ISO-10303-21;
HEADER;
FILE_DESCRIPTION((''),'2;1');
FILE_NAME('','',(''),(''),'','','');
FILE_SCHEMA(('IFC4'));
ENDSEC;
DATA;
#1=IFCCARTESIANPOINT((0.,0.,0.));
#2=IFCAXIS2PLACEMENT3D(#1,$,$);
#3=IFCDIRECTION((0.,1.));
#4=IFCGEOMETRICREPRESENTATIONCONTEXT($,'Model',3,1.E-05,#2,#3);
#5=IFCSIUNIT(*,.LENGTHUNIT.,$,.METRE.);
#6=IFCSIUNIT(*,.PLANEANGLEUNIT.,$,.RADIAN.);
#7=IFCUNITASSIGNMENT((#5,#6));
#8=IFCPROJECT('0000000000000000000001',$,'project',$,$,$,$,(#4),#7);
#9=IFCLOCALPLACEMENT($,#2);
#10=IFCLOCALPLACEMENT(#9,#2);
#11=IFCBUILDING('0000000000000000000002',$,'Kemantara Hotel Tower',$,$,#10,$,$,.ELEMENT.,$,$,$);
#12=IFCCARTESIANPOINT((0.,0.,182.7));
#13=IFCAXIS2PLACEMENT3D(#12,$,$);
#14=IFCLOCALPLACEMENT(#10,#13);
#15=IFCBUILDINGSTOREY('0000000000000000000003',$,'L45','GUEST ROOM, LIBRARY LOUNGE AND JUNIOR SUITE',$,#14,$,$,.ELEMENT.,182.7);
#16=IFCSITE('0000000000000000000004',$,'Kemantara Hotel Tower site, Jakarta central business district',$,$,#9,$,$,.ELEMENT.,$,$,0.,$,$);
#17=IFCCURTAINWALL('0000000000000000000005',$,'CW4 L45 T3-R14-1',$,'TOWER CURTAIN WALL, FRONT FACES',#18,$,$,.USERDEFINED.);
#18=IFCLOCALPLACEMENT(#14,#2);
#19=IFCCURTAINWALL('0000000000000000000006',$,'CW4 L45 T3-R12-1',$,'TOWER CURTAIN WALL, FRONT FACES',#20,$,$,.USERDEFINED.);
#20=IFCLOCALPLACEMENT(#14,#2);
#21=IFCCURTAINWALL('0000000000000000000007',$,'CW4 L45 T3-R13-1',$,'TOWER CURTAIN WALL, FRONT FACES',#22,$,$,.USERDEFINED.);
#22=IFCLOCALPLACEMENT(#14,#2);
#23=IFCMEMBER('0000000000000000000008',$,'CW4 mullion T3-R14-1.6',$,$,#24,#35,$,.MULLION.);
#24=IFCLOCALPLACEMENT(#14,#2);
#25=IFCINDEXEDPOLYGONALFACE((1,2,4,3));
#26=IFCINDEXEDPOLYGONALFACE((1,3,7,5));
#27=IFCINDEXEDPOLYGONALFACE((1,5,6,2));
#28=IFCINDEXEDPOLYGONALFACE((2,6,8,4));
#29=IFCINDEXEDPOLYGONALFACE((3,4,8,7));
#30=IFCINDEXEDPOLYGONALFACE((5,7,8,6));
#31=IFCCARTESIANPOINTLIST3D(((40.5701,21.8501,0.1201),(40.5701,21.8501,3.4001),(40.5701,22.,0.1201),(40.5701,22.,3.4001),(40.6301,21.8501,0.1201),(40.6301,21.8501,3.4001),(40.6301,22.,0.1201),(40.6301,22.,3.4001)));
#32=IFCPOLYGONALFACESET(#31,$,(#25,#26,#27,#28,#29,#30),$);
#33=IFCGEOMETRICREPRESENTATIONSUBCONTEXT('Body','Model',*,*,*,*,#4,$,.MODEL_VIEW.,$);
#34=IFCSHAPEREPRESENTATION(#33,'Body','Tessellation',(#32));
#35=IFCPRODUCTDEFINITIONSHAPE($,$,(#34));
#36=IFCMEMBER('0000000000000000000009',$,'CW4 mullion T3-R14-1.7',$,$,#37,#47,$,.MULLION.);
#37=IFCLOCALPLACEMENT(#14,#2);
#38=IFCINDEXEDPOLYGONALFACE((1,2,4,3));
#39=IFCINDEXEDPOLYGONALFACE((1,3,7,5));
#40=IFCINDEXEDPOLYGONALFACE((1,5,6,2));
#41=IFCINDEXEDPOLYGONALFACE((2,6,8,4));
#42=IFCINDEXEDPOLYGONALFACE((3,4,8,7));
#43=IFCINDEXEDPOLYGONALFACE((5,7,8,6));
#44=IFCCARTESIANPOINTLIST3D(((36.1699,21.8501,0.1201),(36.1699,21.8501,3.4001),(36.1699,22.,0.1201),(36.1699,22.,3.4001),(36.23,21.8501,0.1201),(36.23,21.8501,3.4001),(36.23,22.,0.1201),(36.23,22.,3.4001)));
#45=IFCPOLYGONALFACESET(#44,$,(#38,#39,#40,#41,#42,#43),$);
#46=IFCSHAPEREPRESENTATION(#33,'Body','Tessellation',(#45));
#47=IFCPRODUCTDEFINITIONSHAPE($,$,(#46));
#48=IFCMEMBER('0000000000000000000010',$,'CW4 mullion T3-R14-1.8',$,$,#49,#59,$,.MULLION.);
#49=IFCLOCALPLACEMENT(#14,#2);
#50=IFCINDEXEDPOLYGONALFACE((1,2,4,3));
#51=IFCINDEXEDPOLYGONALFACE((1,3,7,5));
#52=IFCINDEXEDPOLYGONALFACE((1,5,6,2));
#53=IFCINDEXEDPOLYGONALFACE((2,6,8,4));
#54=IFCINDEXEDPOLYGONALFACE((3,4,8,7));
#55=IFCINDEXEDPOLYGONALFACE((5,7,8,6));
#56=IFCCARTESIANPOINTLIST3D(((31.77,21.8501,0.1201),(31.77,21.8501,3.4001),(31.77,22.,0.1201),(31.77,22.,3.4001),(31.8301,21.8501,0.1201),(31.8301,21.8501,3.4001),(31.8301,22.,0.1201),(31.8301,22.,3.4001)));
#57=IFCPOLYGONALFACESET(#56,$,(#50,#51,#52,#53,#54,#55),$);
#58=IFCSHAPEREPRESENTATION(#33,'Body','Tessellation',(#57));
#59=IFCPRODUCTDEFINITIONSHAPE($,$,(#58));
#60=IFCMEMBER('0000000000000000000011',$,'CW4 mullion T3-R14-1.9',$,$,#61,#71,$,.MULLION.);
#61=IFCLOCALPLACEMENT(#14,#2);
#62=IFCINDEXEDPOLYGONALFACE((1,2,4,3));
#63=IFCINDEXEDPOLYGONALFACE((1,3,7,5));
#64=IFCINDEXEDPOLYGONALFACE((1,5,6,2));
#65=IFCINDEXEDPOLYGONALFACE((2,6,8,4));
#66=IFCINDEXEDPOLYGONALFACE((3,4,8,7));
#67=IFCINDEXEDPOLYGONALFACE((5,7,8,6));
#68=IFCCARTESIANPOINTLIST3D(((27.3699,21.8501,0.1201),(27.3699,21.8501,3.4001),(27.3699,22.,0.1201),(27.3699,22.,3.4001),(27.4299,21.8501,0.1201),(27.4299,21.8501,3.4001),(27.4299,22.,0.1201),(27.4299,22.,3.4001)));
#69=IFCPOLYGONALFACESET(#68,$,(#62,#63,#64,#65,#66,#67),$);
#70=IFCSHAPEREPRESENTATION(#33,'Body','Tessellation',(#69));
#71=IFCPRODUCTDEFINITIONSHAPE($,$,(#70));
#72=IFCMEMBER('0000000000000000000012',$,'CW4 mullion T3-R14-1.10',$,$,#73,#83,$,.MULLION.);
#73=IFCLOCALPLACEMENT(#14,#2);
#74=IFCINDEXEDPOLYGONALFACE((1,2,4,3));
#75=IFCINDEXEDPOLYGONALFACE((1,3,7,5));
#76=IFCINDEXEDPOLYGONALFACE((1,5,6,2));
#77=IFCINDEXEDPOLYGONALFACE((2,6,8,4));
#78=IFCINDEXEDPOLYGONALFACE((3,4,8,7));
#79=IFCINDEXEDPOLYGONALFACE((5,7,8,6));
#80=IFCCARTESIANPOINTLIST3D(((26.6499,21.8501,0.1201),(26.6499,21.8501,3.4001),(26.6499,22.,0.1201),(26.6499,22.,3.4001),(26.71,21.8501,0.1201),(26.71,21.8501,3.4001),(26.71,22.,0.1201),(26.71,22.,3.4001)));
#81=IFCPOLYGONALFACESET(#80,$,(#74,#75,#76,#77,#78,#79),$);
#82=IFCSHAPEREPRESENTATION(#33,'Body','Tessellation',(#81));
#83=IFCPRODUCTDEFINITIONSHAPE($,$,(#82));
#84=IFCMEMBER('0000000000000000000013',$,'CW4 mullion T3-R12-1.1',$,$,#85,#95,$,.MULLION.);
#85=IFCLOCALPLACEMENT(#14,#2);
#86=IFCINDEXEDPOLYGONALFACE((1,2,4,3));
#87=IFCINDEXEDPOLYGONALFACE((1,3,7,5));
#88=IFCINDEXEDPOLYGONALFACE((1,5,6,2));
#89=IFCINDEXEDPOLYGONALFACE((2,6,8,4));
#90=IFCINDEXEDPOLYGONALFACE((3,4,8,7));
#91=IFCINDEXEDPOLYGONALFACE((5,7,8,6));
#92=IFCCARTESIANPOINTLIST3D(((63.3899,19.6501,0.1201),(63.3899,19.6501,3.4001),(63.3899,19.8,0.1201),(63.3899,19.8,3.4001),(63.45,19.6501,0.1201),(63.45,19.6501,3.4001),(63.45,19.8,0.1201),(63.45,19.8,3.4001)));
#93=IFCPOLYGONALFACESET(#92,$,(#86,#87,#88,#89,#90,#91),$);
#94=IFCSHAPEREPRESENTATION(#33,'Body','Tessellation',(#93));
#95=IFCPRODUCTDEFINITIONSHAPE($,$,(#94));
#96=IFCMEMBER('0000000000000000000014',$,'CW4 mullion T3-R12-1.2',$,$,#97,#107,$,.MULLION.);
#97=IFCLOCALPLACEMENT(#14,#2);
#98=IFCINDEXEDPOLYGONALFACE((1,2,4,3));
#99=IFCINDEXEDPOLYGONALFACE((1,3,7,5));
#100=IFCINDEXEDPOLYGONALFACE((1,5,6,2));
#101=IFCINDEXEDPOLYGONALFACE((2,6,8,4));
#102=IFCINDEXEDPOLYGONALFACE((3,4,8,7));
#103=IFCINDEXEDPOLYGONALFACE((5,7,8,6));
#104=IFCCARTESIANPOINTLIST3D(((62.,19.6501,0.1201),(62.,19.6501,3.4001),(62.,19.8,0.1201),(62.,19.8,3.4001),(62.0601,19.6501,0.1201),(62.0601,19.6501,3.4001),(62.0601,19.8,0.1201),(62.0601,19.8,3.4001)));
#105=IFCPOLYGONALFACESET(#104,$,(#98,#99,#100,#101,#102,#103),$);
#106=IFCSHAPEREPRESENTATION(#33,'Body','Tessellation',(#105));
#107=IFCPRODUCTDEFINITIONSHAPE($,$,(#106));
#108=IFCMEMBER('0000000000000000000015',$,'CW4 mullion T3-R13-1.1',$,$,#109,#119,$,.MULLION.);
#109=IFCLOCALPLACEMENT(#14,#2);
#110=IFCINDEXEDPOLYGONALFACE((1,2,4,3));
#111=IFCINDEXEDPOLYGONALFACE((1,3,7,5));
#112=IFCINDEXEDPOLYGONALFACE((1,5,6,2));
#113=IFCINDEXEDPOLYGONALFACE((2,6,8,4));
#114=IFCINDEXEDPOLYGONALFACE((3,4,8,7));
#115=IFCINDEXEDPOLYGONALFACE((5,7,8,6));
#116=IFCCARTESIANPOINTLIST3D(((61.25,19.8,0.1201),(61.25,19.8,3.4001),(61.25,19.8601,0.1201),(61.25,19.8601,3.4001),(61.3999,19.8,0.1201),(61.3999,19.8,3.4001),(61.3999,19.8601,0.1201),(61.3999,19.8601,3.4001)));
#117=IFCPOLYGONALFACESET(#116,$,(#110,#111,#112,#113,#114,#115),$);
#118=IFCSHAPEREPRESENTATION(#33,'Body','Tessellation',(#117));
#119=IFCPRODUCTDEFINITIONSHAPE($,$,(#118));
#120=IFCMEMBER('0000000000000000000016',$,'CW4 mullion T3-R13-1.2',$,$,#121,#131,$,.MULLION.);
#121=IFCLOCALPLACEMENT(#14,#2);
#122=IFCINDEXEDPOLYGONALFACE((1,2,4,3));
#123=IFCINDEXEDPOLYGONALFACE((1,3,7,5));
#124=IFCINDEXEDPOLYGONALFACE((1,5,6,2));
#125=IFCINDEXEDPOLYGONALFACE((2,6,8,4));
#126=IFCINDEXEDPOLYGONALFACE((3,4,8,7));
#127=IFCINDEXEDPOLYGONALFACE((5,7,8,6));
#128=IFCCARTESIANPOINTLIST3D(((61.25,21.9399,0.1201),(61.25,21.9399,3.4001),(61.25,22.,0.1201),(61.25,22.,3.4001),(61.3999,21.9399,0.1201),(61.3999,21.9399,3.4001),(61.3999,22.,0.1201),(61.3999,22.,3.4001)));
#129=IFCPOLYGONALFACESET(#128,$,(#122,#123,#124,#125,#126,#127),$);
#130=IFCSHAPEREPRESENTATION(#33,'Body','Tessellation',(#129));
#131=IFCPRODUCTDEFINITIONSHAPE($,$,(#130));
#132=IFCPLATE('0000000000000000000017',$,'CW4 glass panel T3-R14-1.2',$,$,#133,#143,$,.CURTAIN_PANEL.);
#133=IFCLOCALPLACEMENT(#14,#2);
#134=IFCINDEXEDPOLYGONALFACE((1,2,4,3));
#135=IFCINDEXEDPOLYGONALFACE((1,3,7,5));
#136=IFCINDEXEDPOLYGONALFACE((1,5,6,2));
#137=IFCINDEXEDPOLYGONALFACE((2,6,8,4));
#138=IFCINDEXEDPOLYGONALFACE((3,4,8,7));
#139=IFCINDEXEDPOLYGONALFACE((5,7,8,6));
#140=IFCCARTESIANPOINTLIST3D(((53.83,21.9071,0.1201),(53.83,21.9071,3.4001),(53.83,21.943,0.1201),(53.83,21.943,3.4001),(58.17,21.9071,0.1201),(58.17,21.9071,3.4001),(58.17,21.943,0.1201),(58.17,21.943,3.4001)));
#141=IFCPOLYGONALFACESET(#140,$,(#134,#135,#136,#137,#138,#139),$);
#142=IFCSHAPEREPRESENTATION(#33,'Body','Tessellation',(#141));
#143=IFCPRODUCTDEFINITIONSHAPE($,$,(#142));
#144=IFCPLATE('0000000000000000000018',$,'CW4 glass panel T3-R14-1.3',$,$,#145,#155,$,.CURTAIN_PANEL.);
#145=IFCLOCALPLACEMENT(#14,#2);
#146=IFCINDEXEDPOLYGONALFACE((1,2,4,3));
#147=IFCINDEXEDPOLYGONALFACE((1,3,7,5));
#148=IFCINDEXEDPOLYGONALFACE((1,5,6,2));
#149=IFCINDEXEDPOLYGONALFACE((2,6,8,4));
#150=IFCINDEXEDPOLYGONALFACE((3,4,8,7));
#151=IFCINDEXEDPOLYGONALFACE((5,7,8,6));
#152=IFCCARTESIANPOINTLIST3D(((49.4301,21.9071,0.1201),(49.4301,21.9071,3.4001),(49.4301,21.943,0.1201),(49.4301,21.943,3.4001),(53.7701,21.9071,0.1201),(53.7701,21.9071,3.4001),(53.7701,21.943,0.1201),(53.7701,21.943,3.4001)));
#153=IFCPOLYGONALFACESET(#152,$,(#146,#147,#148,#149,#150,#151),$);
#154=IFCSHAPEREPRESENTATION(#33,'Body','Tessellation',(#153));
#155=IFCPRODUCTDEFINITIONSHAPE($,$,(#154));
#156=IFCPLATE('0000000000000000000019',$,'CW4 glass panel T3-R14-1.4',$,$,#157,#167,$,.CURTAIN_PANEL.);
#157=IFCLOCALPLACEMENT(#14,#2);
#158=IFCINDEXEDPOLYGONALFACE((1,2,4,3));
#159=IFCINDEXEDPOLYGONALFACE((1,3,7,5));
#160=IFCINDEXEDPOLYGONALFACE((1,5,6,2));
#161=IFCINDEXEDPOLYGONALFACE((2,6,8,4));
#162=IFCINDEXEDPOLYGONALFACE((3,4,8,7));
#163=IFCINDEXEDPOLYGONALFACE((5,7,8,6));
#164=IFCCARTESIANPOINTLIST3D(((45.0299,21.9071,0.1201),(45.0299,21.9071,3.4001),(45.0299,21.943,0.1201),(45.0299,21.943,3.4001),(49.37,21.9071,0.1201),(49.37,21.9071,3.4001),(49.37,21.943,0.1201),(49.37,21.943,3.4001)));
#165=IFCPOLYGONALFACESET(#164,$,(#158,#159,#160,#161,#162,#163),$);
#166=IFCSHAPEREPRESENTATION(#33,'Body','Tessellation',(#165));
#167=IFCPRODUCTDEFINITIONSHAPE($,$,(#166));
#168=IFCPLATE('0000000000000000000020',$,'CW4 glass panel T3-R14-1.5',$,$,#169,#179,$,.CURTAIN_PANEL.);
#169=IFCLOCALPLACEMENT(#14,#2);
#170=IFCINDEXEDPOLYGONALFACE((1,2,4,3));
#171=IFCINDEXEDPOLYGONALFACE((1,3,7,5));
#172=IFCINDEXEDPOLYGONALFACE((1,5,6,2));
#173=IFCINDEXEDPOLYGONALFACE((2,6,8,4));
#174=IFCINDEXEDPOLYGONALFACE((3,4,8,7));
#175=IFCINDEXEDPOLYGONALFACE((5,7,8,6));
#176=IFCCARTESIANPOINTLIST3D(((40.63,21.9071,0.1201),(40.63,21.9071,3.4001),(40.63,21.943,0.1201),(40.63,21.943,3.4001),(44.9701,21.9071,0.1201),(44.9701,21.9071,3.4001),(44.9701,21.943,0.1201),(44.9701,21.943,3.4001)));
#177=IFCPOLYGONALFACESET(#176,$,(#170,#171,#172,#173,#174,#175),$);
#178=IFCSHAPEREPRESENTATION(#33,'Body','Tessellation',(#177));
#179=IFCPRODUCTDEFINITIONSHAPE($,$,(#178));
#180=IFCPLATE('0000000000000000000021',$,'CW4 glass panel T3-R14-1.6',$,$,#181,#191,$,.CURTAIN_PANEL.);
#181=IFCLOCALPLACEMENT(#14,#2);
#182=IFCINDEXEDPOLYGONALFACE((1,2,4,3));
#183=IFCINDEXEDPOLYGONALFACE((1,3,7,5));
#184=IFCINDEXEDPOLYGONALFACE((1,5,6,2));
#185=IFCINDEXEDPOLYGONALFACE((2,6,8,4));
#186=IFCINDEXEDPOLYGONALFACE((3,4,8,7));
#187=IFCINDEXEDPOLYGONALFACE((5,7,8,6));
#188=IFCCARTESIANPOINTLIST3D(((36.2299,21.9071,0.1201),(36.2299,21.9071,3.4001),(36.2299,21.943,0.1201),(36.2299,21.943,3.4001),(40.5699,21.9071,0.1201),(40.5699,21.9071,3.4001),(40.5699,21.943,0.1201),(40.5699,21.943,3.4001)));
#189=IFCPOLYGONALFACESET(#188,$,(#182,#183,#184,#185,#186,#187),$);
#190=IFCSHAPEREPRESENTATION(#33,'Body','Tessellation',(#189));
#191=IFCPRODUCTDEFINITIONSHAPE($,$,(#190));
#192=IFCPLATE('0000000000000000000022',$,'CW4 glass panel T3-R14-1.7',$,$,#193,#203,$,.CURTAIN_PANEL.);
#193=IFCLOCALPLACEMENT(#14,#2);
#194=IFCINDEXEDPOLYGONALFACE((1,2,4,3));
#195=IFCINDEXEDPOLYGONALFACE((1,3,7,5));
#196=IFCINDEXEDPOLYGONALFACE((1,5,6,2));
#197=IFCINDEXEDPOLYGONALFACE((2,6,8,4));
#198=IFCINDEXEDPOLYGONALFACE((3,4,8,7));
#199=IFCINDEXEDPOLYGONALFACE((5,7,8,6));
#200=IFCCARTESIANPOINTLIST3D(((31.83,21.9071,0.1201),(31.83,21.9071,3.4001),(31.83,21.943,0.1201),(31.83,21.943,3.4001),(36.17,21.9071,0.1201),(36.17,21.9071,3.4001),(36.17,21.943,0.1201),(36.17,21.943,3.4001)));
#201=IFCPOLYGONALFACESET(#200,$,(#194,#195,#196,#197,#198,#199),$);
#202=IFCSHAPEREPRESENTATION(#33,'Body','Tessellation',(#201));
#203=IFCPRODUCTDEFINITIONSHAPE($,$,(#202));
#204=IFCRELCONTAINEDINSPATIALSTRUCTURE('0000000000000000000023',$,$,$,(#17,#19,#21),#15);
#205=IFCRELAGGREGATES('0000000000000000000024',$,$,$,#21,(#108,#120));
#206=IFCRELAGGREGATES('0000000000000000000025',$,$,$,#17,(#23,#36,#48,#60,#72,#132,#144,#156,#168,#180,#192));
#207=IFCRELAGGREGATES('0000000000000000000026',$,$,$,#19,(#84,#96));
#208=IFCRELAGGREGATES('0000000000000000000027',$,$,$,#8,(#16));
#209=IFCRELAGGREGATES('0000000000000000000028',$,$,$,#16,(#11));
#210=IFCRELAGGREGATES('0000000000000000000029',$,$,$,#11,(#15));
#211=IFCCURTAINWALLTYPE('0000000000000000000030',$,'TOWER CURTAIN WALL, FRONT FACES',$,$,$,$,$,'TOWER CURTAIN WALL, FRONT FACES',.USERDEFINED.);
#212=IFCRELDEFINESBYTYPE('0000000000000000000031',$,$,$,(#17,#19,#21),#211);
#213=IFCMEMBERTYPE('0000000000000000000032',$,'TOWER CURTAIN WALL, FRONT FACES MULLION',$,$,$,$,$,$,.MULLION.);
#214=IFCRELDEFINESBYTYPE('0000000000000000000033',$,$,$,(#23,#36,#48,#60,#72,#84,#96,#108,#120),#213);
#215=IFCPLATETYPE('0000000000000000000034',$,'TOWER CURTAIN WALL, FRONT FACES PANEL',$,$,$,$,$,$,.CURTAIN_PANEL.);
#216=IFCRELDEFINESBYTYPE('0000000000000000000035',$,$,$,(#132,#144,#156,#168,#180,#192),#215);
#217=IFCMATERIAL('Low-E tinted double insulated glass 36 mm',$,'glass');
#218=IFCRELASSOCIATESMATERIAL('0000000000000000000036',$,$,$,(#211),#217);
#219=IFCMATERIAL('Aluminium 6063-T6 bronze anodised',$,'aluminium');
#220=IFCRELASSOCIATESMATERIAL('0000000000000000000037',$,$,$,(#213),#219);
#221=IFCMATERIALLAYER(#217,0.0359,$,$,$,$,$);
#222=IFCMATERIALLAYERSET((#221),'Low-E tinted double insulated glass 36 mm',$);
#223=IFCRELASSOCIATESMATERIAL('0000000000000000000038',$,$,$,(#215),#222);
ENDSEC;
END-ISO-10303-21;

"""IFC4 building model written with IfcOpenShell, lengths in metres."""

from ifc_helpers import new_model, si_unit, direction, frame, origin, origin_2d, place, context, subcontext, project, spatial, rectangle, extrude, source, transform, mapped, material, layer, layer_set, material_profile, profile_set, type_object, element, aggregate, save


model = new_model("IFC4")

# Units and contexts
model_context = context("Model", 3, precision=1e-05, world=origin(), true_north=direction((0.0, 1.0)))
body_context = subcontext(model_context, "Body", "Model", "MODEL_VIEW")
ifc_project = project(units=[si_unit("LENGTHUNIT", "METRE"), si_unit("PLANEANGLEUNIT", "RADIAN")], contexts=[model_context])

# Site, building, storey
site_placement = place(None, origin())
site = spatial("IfcSite", under=ifc_project, at=site_placement, Name="Kemantara Hotel Tower site, Jakarta central business district", CompositionType="ELEMENT", RefElevation=0.0)
building_placement = place(site_placement, origin())
building = spatial("IfcBuilding", under=site, at=building_placement, Name="Kemantara Hotel Tower", CompositionType="ELEMENT")
storey_placement = place(building_placement, frame((0.0, 0.0, 182.7)))
storey = spatial("IfcBuildingStorey", under=building, at=storey_placement, Name="L45", Description="GUEST ROOM, LIBRARY LOUNGE AND JUNIOR SUITE", CompositionType="ELEMENT", Elevation=182.7)

# Curtain walls
ifc_material_1 = material(Name="Low-E tinted double insulated glass 36 mm", Category="glass")
curtain_wall_type = type_object("IfcCurtainWallType", Name="TOWER CURTAIN WALL, FRONT FACES", ElementType="TOWER CURTAIN WALL, FRONT FACES", PredefinedType="USERDEFINED", material=ifc_material_1)
curtain_wall_1_placement = place(storey_placement, origin())
curtain_wall_1 = element("IfcCurtainWall", 1, at=curtain_wall_1_placement, inside=storey, type_object=curtain_wall_type, Name="CW4 L45 T3-R14-1", ObjectType="TOWER CURTAIN WALL, FRONT FACES", PredefinedType="USERDEFINED")
ifc_material_2 = material(Name="Aluminium 6063-T6 bronze anodised", Category="aluminium")
curtain_wall_2_placement = place(storey_placement, origin())
curtain_wall_2 = element("IfcCurtainWall", 2, at=curtain_wall_2_placement, inside=storey, type_object=curtain_wall_type, Name="CW4 L45 T3-R12-1", ObjectType="TOWER CURTAIN WALL, FRONT FACES", PredefinedType="USERDEFINED")
curtain_wall_3_placement = place(storey_placement, origin())
curtain_wall_3 = element("IfcCurtainWall", 3, at=curtain_wall_3_placement, inside=storey, type_object=curtain_wall_type, Name="CW4 L45 T3-R13-1", ObjectType="TOWER CURTAIN WALL, FRONT FACES", PredefinedType="USERDEFINED")
ifc_material_profile_1 = material_profile(ifc_material_2, rectangle(XDim=0.1499, YDim=0.0601, at=origin_2d()), Name="TOWER CURTAIN WALL, FRONT FACES MULLION")
ifc_profile_set_1 = profile_set([ifc_material_profile_1], Name="Aluminium 6063-T6 bronze anodised")
member_type_1 = type_object("IfcMemberType", Name="TOWER CURTAIN WALL, FRONT FACES MULLION", PredefinedType="MULLION", material=ifc_profile_set_1)
shared_shape_1 = source(origin(), body_context, "Body", "SweptSolid", [
    extrude(rectangle(XDim=0.1499, YDim=0.0601, at=origin_2d()), origin(), (0.0, 0.0, 1.0), 3.28),
])

# Members
member_1_placement = place(storey_placement, frame((40.6001, 21.925, 0.1201), z_axis=(0.0, 0.0, 1.0), x_axis=(0.0, -1.0, 0.0)))
member_1 = element("IfcMember", 4, at=member_1_placement, type_object=member_type_1, Name="CW4 mullion T3-R14-1.6", PredefinedType="MULLION", context=body_context, shape_type="MappedRepresentation", body=[
    mapped(shared_shape_1, transform((0.0, 0.0, 0.0))),
])
member_2_placement = place(storey_placement, frame((36.2, 21.925, 0.1201), z_axis=(0.0, 0.0, 1.0), x_axis=(0.0, -1.0, 0.0)))
member_2 = element("IfcMember", 5, at=member_2_placement, type_object=member_type_1, Name="CW4 mullion T3-R14-1.7", PredefinedType="MULLION", context=body_context, shape_type="MappedRepresentation", body=[
    mapped(shared_shape_1, transform((0.0, 0.0, 0.0))),
])
member_3_placement = place(storey_placement, frame((31.8, 21.925, 0.1201), z_axis=(0.0, 0.0, 1.0), x_axis=(0.0, -1.0, 0.0)))
member_3 = element("IfcMember", 6, at=member_3_placement, type_object=member_type_1, Name="CW4 mullion T3-R14-1.8", PredefinedType="MULLION", context=body_context, shape_type="MappedRepresentation", body=[
    mapped(shared_shape_1, transform((0.0, 0.0, 0.0))),
])
member_4_placement = place(storey_placement, frame((27.3999, 21.925, 0.1201), z_axis=(0.0, 0.0, 1.0), x_axis=(0.0, -1.0, 0.0)))
member_4 = element("IfcMember", 7, at=member_4_placement, type_object=member_type_1, Name="CW4 mullion T3-R14-1.9", PredefinedType="MULLION", context=body_context, shape_type="MappedRepresentation", body=[
    mapped(shared_shape_1, transform((0.0, 0.0, 0.0))),
])
member_5_placement = place(storey_placement, frame((26.6799, 21.925, 0.1201), z_axis=(0.0, 0.0, 1.0), x_axis=(0.0, -1.0, 0.0)))
member_5 = element("IfcMember", 8, at=member_5_placement, type_object=member_type_1, Name="CW4 mullion T3-R14-1.10", PredefinedType="MULLION", context=body_context, shape_type="MappedRepresentation", body=[
    mapped(shared_shape_1, transform((0.0, 0.0, 0.0))),
])
member_6_placement = place(storey_placement, frame((63.4199, 19.7251, 0.1201), z_axis=(0.0, 0.0, 1.0), x_axis=(0.0, -1.0, 0.0)))
member_6 = element("IfcMember", 9, at=member_6_placement, type_object=member_type_1, Name="CW4 mullion T3-R12-1.1", PredefinedType="MULLION", context=body_context, shape_type="MappedRepresentation", body=[
    mapped(shared_shape_1, transform((0.0, 0.0, 0.0))),
])
member_7_placement = place(storey_placement, frame((62.03, 19.7251, 0.1201), z_axis=(0.0, 0.0, 1.0), x_axis=(0.0, -1.0, 0.0)))
member_7 = element("IfcMember", 10, at=member_7_placement, type_object=member_type_1, Name="CW4 mullion T3-R12-1.2", PredefinedType="MULLION", context=body_context, shape_type="MappedRepresentation", body=[
    mapped(shared_shape_1, transform((0.0, 0.0, 0.0))),
])
member_8_placement = place(storey_placement, frame((61.325, 19.8301, 0.1201), z_axis=(0.0, 0.0, 1.0), x_axis=(-1.0, 0.0, 0.0)))
member_8 = element("IfcMember", 11, at=member_8_placement, type_object=member_type_1, Name="CW4 mullion T3-R13-1.1", PredefinedType="MULLION", context=body_context, shape_type="MappedRepresentation", body=[
    mapped(shared_shape_1, transform((0.0, 0.0, 0.0))),
])
member_9_placement = place(storey_placement, frame((61.325, 21.97, 0.1201), z_axis=(0.0, 0.0, 1.0), x_axis=(-1.0, 0.0, 0.0)))
member_9 = element("IfcMember", 12, at=member_9_placement, type_object=member_type_1, Name="CW4 mullion T3-R13-1.2", PredefinedType="MULLION", context=body_context, shape_type="MappedRepresentation", body=[
    mapped(shared_shape_1, transform((0.0, 0.0, 0.0))),
])

# Plates
ifc_layer_1 = layer(ifc_material_1, 0.0359)
ifc_layer_set_1 = layer_set([ifc_layer_1], Name="Low-E tinted double insulated glass 36 mm")
plate_type = type_object("IfcPlateType", Name="TOWER CURTAIN WALL, FRONT FACES PANEL", PredefinedType="CURTAIN_PANEL", material=ifc_layer_set_1)
shared_shape_2 = source(origin(), body_context, "Body", "SweptSolid", [
    extrude(rectangle(XDim=4.3401, YDim=0.0359, at=origin_2d()), origin(), (0.0, 0.0, 1.0), 3.28),
])
plate_1_placement = place(storey_placement, frame((56.0, 21.925, 0.1201), z_axis=(0.0, 0.0, 1.0), x_axis=(-1.0, 0.0, 0.0)))
plate_1 = element("IfcPlate", 13, at=plate_1_placement, type_object=plate_type, Name="CW4 glass panel T3-R14-1.2", PredefinedType="CURTAIN_PANEL", context=body_context, shape_type="MappedRepresentation", body=[
    mapped(shared_shape_2, transform((0.0, 0.0, 0.0))),
])
plate_2_placement = place(storey_placement, frame((51.6001, 21.925, 0.1201), z_axis=(0.0, 0.0, 1.0), x_axis=(-1.0, 0.0, 0.0)))
plate_2 = element("IfcPlate", 14, at=plate_2_placement, type_object=plate_type, Name="CW4 glass panel T3-R14-1.3", PredefinedType="CURTAIN_PANEL", context=body_context, shape_type="MappedRepresentation", body=[
    mapped(shared_shape_2, transform((0.0, 0.0, 0.0))),
])
plate_3_placement = place(storey_placement, frame((47.2, 21.925, 0.1201), z_axis=(0.0, 0.0, 1.0), x_axis=(-1.0, 0.0, 0.0)))
plate_3 = element("IfcPlate", 15, at=plate_3_placement, type_object=plate_type, Name="CW4 glass panel T3-R14-1.4", PredefinedType="CURTAIN_PANEL", context=body_context, shape_type="MappedRepresentation", body=[
    mapped(shared_shape_2, transform((0.0, 0.0, 0.0))),
])
plate_4_placement = place(storey_placement, frame((42.8, 21.925, 0.1201), z_axis=(0.0, 0.0, 1.0), x_axis=(-1.0, 0.0, 0.0)))
plate_4 = element("IfcPlate", 16, at=plate_4_placement, type_object=plate_type, Name="CW4 glass panel T3-R14-1.5", PredefinedType="CURTAIN_PANEL", context=body_context, shape_type="MappedRepresentation", body=[
    mapped(shared_shape_2, transform((0.0, 0.0, 0.0))),
])
plate_5_placement = place(storey_placement, frame((38.3999, 21.925, 0.1201), z_axis=(0.0, 0.0, 1.0), x_axis=(-1.0, 0.0, 0.0)))
plate_5 = element("IfcPlate", 17, at=plate_5_placement, type_object=plate_type, Name="CW4 glass panel T3-R14-1.6", PredefinedType="CURTAIN_PANEL", context=body_context, shape_type="MappedRepresentation", body=[
    mapped(shared_shape_2, transform((0.0, 0.0, 0.0))),
])
plate_6_placement = place(storey_placement, frame((34.0, 21.925, 0.1201), z_axis=(0.0, 0.0, 1.0), x_axis=(-1.0, 0.0, 0.0)))
plate_6 = element("IfcPlate", 18, at=plate_6_placement, type_object=plate_type, Name="CW4 glass panel T3-R14-1.7", PredefinedType="CURTAIN_PANEL", context=body_context, shape_type="MappedRepresentation", body=[
    mapped(shared_shape_2, transform((0.0, 0.0, 0.0))),
])
aggregate(curtain_wall_3, [member_8, member_9])
aggregate(curtain_wall_1, [member_1, member_2, member_3, member_4, member_5, plate_1, plate_2, plate_3, plate_4, plate_5, plate_6])
aggregate(curtain_wall_2, [member_6, member_7])

save(model, "model.ifc")
